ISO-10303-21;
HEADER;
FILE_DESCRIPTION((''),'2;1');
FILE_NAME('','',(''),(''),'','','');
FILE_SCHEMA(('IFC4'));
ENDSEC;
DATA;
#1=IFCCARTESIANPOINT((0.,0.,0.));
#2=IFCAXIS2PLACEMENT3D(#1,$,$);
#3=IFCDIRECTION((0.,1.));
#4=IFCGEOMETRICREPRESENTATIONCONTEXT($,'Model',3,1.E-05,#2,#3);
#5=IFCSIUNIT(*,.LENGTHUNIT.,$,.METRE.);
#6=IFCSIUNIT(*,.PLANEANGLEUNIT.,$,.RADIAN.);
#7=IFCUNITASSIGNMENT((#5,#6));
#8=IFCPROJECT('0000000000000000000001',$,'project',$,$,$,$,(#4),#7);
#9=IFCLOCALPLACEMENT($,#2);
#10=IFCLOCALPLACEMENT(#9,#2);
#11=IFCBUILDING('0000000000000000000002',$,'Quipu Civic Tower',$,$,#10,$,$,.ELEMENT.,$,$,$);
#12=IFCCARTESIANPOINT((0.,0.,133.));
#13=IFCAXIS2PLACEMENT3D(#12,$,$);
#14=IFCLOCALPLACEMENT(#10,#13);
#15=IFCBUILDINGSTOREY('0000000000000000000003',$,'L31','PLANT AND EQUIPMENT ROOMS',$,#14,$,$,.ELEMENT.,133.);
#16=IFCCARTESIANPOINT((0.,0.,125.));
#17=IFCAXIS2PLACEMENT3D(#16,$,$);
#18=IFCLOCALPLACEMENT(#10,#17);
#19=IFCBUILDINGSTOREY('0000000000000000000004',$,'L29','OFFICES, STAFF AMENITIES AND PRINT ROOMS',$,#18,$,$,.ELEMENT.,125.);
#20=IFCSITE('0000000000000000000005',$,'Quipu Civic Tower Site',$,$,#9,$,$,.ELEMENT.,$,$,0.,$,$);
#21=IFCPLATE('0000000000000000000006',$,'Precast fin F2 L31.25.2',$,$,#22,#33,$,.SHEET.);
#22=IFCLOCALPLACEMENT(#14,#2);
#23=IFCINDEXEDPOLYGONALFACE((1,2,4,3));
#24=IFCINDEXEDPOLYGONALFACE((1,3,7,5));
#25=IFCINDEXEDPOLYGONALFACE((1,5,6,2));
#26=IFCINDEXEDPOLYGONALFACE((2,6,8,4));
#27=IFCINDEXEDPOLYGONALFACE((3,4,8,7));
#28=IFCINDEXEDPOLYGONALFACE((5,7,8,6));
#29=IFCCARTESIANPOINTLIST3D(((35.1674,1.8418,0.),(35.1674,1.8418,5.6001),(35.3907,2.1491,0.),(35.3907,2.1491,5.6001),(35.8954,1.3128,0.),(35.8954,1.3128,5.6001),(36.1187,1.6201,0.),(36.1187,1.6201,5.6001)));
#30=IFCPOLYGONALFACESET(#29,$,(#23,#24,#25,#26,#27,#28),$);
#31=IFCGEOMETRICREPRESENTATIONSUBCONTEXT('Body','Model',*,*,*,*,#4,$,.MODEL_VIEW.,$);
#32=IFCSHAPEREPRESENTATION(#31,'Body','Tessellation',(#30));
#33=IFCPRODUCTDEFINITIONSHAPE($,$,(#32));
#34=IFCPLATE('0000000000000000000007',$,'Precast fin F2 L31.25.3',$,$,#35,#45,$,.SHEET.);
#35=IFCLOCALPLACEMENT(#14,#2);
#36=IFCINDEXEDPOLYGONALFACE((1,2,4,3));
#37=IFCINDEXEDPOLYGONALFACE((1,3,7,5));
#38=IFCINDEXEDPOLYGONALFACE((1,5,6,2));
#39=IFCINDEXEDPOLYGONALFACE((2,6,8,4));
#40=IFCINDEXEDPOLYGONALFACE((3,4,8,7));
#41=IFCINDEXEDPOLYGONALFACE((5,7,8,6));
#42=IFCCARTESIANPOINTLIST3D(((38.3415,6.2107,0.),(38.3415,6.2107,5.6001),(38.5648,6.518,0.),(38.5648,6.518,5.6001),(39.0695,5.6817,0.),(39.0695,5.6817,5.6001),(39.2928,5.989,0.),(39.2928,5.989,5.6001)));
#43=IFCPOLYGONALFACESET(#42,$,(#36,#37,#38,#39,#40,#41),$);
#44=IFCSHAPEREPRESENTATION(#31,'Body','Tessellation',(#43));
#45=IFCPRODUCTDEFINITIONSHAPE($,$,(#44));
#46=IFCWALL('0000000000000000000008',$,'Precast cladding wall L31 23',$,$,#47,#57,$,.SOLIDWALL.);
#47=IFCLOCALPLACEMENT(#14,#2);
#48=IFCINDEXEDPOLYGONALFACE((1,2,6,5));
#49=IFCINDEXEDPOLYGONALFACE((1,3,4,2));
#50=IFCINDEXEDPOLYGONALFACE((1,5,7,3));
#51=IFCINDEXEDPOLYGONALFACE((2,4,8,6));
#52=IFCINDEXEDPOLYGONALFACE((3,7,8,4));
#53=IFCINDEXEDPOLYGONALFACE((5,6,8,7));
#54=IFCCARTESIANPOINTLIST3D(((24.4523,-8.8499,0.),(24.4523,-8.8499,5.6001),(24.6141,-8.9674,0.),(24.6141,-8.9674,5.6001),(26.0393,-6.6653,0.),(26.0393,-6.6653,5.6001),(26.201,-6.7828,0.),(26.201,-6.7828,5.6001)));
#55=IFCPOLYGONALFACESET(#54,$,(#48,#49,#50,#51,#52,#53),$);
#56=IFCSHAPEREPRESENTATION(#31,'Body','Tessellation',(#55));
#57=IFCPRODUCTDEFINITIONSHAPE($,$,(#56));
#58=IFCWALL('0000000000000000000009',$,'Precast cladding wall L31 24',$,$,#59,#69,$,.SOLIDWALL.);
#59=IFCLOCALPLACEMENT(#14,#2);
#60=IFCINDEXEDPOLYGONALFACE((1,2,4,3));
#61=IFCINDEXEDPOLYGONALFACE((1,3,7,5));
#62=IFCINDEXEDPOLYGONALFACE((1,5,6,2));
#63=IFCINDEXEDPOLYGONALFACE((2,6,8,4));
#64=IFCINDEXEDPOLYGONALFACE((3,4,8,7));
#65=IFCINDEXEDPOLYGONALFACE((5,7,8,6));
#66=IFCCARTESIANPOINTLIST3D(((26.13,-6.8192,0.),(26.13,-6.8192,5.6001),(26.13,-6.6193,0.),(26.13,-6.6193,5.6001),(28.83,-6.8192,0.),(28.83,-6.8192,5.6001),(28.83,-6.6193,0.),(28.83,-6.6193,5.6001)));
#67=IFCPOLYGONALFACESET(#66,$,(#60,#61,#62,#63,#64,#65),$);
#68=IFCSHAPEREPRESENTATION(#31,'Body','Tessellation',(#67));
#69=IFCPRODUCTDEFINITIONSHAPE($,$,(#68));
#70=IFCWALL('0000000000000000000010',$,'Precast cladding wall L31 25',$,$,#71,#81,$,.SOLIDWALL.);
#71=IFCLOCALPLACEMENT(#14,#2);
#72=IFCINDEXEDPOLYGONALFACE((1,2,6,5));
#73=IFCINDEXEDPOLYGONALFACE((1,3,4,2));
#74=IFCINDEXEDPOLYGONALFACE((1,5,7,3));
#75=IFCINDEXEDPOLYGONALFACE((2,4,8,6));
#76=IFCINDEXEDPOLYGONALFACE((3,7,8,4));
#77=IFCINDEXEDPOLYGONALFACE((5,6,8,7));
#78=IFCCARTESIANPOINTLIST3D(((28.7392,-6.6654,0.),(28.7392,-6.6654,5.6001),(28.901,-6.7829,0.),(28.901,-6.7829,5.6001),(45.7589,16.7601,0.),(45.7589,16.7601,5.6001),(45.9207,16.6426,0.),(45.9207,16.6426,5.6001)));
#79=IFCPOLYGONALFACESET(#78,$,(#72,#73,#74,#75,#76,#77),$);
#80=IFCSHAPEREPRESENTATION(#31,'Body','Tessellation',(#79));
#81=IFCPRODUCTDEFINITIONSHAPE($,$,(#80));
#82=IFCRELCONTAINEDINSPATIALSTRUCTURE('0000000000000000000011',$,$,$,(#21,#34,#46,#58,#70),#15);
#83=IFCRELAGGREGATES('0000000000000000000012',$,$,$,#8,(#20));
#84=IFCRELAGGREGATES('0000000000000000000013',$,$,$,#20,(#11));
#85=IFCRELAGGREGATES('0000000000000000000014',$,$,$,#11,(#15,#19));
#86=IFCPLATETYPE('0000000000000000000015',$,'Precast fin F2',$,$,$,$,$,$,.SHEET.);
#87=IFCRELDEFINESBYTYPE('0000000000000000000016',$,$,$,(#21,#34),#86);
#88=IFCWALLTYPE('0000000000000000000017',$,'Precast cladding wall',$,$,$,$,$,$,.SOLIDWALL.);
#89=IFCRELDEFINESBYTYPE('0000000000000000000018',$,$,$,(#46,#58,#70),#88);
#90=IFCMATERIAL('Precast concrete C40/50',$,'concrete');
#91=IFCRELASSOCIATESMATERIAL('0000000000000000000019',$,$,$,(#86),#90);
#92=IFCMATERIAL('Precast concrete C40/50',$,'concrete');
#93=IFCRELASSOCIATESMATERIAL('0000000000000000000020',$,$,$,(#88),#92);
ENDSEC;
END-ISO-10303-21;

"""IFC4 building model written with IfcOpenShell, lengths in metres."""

from ifc_helpers import new_model, si_unit, direction, frame, frame_2d, origin, origin_2d, place, context, subcontext, project, spatial, rectangle, extrude, material, type_object, element, save


model = new_model("IFC4")

# Units and contexts
model_context = context("Model", 3, precision=1e-05, world=origin(), true_north=direction((0.0, 1.0)))
body_context = subcontext(model_context, "Body", "Model", "MODEL_VIEW")
ifc_project = project(units=[si_unit("LENGTHUNIT", "METRE"), si_unit("PLANEANGLEUNIT", "RADIAN")], contexts=[model_context])

# Site, building, storey
site_placement = place(None, origin())
site = spatial("IfcSite", under=ifc_project, at=site_placement, Name="Quipu Civic Tower Site", CompositionType="ELEMENT", RefElevation=0.0)
building_placement = place(site_placement, origin())
building = spatial("IfcBuilding", under=site, at=building_placement, Name="Quipu Civic Tower", CompositionType="ELEMENT")
storey_1_placement = place(building_placement, frame((0.0, 0.0, 133.0)))
storey_1 = spatial("IfcBuildingStorey", under=building, at=storey_1_placement, Name="L31", Description="PLANT AND EQUIPMENT ROOMS", CompositionType="ELEMENT", Elevation=133.0)

# Shared definitions
storey_2_placement = place(building_placement, frame((0.0, 0.0, 125.0)))
storey_2 = spatial("IfcBuildingStorey", under=building, at=storey_2_placement, Name="L29", Description="OFFICES, STAFF AMENITIES AND PRINT ROOMS", CompositionType="ELEMENT", Elevation=125.0)

# Plates
ifc_material_1 = material(Name="Precast concrete C40/50", Category="concrete")
plate_type = type_object("IfcPlateType", Name="Precast fin F2", PredefinedType="SHEET", material=ifc_material_1)
for number, where, z_axis, x_axis, name in (
    (1, (35.6431, 1.731, 0.0), (0.0, 0.0, 1.0), (0.587786, 0.809017, 0.0), "Precast fin F2 L31.25.2"),
    (2, (38.8171, 6.0999, 0.0), (0.0, 0.0, 1.0), (0.587786, 0.809017, 0.0), "Precast fin F2 L31.25.3"),
):
    element("IfcPlate", number, at=place(storey_1_placement, frame(where, z_axis=z_axis, x_axis=x_axis)), inside=storey_1, type_object=plate_type, Name=name, PredefinedType="SHEET", context=body_context, shape_type="SweptSolid", body=[
        extrude(rectangle(XDim=0.3799, YDim=0.8999, at=origin_2d()), origin(), (0.0, 0.0, 1.0), 5.6001),
    ])

# Walls
ifc_material_2 = material(Name="Precast concrete C40/50", Category="concrete")
wall_type = type_object("IfcWallType", Name="Precast cladding wall", PredefinedType="SOLIDWALL", material=ifc_material_2)
wall_1_placement = place(storey_1_placement, frame((24.5332, -8.9087, 0.0), z_axis=(0.0, 0.0, 1.0), x_axis=(0.58772, 0.809064, 0.0)))
element("IfcWall", 3, at=wall_1_placement, inside=storey_1, type_object=wall_type, Name="Precast cladding wall L31 23", PredefinedType="SOLIDWALL", context=body_context, shape_type="SweptSolid", body=[
    extrude(rectangle(XDim=2.7002, YDim=0.2, at=frame_2d((1.3501, 0.0))), origin(), (0.0, 0.0, 1.0), 5.6001),
])
wall_2_placement = place(storey_1_placement, frame((26.1299, -6.7192, 0.0), z_axis=(0.0, 0.0, 1.0), x_axis=(1.0, 0.0, 0.0)))
element("IfcWall", 4, at=wall_2_placement, inside=storey_1, type_object=wall_type, Name="Precast cladding wall L31 24", PredefinedType="SOLIDWALL", context=body_context, shape_type="SweptSolid", body=[
    extrude(rectangle(XDim=2.7, YDim=0.2, at=frame_2d((1.3501, 0.0))), origin(), (0.0, 0.0, 1.0), 5.6001),
])
wall_3_placement = place(storey_1_placement, frame((28.8201, -6.7241, 0.0), z_axis=(0.0, 0.0, 1.0), x_axis=(0.587788, 0.809015, 0.0)))
element("IfcWall", 5, at=wall_3_placement, inside=storey_1, type_object=wall_type, Name="Precast cladding wall L31 25", PredefinedType="SOLIDWALL", context=body_context, shape_type="SweptSolid", body=[
    extrude(rectangle(XDim=28.9556, YDim=0.2, at=frame_2d((14.4778, 0.0))), origin(), (0.0, 0.0, 1.0), 5.6001),
])

save(model, "model.ifc")
